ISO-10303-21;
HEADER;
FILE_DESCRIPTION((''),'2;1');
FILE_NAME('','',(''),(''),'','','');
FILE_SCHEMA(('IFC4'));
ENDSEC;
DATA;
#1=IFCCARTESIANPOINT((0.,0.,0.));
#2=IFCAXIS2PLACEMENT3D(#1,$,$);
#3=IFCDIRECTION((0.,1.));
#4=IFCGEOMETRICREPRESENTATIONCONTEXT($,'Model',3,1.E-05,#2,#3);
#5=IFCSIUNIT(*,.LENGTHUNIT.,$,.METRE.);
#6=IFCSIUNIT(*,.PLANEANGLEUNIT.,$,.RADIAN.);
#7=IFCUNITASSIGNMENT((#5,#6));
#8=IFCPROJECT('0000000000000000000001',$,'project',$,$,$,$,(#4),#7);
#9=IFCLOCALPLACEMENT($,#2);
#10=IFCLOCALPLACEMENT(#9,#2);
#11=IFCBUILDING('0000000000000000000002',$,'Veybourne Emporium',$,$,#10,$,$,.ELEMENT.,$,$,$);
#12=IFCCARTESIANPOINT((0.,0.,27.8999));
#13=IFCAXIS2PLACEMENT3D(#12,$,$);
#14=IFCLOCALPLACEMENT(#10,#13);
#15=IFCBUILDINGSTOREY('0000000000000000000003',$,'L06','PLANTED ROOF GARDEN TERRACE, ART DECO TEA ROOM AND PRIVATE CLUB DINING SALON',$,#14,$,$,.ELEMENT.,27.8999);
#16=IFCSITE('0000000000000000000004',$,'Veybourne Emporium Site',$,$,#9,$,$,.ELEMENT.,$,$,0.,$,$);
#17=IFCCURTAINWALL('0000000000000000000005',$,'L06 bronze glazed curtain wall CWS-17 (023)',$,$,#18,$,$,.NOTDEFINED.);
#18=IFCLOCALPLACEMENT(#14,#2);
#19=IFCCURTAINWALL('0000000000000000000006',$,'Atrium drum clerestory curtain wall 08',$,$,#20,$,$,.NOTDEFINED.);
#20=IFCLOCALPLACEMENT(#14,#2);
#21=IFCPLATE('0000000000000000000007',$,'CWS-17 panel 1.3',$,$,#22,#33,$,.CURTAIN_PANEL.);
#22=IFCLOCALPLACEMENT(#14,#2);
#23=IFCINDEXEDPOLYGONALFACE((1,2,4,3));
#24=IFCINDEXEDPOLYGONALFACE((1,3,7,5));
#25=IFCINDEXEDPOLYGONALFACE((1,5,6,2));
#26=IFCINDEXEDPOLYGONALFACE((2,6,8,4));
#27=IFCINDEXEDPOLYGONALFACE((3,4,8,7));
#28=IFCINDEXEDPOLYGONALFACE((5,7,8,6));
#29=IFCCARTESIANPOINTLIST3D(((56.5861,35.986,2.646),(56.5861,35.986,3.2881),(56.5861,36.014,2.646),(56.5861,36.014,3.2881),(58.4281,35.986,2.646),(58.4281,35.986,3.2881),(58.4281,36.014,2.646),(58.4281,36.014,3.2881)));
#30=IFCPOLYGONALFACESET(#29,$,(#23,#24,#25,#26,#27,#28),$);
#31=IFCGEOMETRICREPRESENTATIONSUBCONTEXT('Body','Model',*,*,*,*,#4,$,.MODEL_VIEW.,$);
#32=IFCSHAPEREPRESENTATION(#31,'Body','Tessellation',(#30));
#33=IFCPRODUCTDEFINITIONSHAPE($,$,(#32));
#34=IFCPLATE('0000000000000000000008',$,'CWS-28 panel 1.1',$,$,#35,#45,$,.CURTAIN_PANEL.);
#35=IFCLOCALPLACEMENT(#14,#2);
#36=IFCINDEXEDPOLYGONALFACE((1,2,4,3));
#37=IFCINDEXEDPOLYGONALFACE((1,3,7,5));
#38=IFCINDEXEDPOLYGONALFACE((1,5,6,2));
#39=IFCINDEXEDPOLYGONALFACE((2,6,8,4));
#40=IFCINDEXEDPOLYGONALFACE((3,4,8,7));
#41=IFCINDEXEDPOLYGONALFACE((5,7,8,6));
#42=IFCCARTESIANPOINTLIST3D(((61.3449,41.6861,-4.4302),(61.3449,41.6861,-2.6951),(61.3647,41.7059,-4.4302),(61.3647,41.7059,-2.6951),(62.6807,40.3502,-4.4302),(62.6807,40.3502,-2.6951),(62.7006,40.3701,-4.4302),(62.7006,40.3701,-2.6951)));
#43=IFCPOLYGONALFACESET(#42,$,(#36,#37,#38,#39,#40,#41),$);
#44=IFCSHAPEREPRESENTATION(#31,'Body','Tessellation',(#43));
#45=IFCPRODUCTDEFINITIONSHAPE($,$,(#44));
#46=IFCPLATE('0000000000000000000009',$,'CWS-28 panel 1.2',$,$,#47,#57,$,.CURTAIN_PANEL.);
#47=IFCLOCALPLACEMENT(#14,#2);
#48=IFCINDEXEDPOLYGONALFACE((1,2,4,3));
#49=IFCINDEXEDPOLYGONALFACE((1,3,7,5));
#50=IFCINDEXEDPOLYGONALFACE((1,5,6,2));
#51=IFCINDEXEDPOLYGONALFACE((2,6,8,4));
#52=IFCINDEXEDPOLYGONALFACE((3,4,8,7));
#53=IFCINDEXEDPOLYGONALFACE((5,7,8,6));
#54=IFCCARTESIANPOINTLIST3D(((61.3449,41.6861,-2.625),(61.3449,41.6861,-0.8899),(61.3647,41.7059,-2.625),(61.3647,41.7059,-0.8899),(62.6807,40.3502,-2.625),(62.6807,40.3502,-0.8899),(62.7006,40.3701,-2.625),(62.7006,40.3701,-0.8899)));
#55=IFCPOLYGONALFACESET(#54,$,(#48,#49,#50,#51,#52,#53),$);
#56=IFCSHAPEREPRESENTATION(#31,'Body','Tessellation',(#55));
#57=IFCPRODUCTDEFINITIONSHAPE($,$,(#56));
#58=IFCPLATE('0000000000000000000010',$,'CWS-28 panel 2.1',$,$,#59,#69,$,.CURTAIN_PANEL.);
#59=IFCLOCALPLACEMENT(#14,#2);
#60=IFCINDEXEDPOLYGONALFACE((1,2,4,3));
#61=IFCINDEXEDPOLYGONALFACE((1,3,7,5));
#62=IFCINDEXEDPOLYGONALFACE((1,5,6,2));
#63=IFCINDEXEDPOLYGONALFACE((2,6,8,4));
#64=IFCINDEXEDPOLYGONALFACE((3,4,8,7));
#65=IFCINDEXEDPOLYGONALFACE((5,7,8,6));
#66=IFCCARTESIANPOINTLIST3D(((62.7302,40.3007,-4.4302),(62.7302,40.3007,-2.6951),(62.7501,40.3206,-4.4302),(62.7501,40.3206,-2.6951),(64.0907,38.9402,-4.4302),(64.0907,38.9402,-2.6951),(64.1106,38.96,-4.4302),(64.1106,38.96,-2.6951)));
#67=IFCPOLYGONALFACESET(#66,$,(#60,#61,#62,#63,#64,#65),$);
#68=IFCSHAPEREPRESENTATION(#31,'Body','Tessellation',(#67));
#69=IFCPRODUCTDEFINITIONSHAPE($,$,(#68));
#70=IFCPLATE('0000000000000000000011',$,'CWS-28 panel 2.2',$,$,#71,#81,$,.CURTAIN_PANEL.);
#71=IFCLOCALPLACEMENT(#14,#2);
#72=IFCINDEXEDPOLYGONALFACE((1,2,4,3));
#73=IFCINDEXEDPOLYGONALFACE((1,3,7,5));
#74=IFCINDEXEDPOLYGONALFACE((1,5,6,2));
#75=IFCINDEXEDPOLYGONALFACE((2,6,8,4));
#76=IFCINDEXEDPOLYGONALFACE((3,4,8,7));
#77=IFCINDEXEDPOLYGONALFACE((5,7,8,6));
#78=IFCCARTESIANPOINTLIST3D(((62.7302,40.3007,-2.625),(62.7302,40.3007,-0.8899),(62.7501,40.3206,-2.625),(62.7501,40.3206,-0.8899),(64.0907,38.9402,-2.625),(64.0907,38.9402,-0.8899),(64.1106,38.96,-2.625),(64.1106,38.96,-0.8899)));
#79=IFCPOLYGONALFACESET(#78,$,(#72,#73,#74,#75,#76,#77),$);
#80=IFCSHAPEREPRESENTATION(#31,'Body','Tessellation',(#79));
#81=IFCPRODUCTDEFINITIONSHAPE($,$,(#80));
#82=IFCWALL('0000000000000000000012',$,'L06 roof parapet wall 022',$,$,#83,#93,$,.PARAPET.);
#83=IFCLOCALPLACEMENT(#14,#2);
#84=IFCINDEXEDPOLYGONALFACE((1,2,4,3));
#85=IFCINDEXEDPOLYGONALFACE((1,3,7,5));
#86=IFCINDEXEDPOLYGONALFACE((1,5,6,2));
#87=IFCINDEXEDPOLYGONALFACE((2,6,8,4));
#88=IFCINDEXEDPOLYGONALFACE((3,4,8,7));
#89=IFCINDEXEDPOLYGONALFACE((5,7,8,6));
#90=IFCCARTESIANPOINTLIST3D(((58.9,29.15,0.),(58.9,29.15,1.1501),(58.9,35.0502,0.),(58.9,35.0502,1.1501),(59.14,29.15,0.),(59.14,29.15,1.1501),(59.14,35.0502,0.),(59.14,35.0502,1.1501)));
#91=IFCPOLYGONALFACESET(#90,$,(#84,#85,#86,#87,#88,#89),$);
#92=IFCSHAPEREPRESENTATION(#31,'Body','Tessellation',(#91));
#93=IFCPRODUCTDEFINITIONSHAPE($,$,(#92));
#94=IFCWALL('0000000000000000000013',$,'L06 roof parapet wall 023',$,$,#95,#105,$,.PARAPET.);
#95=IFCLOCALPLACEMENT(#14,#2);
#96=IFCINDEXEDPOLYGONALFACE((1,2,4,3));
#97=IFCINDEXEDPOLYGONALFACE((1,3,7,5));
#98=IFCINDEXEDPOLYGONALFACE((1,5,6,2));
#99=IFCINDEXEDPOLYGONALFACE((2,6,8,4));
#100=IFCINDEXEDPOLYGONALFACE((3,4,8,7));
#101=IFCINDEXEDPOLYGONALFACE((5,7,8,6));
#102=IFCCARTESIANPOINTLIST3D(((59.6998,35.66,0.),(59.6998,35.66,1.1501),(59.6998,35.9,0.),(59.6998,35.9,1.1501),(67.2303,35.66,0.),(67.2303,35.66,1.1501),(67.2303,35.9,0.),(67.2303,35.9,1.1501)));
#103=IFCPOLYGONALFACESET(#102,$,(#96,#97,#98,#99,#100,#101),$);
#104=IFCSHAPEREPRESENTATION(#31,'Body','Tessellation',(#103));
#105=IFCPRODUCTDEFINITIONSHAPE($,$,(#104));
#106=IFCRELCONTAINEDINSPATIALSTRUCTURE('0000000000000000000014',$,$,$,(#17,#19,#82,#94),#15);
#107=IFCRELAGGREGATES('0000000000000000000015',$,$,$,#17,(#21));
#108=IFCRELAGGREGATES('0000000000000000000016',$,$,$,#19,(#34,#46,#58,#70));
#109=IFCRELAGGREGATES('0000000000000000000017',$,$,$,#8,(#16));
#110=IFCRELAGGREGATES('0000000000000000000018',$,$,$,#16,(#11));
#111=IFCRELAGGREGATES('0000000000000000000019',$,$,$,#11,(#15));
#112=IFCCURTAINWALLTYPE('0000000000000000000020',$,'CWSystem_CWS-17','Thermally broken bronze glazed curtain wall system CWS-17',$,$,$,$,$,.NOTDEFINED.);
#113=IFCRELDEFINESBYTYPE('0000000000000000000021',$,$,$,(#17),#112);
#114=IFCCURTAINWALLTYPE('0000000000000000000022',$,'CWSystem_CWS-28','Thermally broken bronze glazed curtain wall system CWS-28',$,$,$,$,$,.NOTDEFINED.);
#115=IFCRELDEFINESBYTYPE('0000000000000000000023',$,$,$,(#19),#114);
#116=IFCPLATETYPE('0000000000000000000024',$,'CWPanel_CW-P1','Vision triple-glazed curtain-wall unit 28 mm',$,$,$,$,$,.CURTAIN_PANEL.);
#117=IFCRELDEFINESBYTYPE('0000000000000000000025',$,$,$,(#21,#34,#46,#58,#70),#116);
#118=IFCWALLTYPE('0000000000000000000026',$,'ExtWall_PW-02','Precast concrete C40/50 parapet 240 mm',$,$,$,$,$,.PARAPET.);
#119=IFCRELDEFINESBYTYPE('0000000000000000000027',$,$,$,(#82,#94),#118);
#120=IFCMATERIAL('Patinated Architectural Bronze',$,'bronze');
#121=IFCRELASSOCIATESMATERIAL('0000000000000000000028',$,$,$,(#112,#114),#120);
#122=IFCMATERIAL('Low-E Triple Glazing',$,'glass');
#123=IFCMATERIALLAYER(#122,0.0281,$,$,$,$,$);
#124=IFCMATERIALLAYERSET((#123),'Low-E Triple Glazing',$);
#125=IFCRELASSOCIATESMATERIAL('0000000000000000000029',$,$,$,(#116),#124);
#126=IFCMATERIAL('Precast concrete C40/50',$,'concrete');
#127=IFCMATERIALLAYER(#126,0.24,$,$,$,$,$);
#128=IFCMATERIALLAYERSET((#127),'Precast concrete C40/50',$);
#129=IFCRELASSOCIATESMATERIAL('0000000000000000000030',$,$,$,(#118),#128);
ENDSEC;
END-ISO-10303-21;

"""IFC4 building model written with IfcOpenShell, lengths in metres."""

from ifc_helpers import new_model, si_unit, direction, frame, frame_2d, origin, origin_2d, place, context, subcontext, project, spatial, rectangle, extrude, material, layer, layer_set, type_object, element, aggregate, save


model = new_model("IFC4")

# Units and contexts
model_context = context("Model", 3, precision=1e-05, world=origin(), true_north=direction((0.0, 1.0)))
body_context = subcontext(model_context, "Body", "Model", "MODEL_VIEW")
ifc_project = project(units=[si_unit("LENGTHUNIT", "METRE"), si_unit("PLANEANGLEUNIT", "RADIAN")], contexts=[model_context])

# Site, building, storey
site_placement = place(None, origin())
site = spatial("IfcSite", under=ifc_project, at=site_placement, Name="Veybourne Emporium Site", CompositionType="ELEMENT", RefElevation=0.0)
building_placement = place(site_placement, origin())
building = spatial("IfcBuilding", under=site, at=building_placement, Name="Veybourne Emporium", CompositionType="ELEMENT")
storey_placement = place(building_placement, frame((0.0, 0.0, 27.8999)))
storey = spatial("IfcBuildingStorey", under=building, at=storey_placement, Name="L06", Description="PLANTED ROOF GARDEN TERRACE, ART DECO TEA ROOM AND PRIVATE CLUB DINING SALON", CompositionType="ELEMENT", Elevation=27.8999)

# Curtain wall
ifc_material_1 = material(Name="Patinated Architectural Bronze", Category="bronze")
curtain_wall_type_1 = type_object("IfcCurtainWallType", Name="CWSystem_CWS-17", Description="Thermally broken bronze glazed curtain wall system CWS-17", PredefinedType="NOTDEFINED", material=ifc_material_1)
curtain_wall_1_placement = place(storey_placement, origin())
curtain_wall_1 = element("IfcCurtainWall", 1, at=curtain_wall_1_placement, inside=storey, type_object=curtain_wall_type_1, Name="L06 bronze glazed curtain wall CWS-17 (023)", PredefinedType="NOTDEFINED")

# Curtain wall
curtain_wall_type_2 = type_object("IfcCurtainWallType", Name="CWSystem_CWS-28", Description="Thermally broken bronze glazed curtain wall system CWS-28", PredefinedType="NOTDEFINED", material=ifc_material_1)
curtain_wall_2_placement = place(storey_placement, origin())
curtain_wall_2 = element("IfcCurtainWall", 2, at=curtain_wall_2_placement, inside=storey, type_object=curtain_wall_type_2, Name="Atrium drum clerestory curtain wall 08", PredefinedType="NOTDEFINED")

# Plates
ifc_material_2 = material(Name="Low-E Triple Glazing", Category="glass")
ifc_layer_1 = layer(ifc_material_2, 0.0281)
ifc_layer_set_1 = layer_set([ifc_layer_1], Name="Low-E Triple Glazing")
plate_type = type_object("IfcPlateType", Name="CWPanel_CW-P1", Description="Vision triple-glazed curtain-wall unit 28 mm", PredefinedType="CURTAIN_PANEL", material=ifc_layer_set_1)
plate_1_placement = place(storey_placement, frame((57.5071, 36.0, 2.646), z_axis=(0.0, 0.0, 1.0), x_axis=(-1.0, 0.0, 0.0)))
plate_1 = element("IfcPlate", 3, at=plate_1_placement, type_object=plate_type, Name="CWS-17 panel 1.3", PredefinedType="CURTAIN_PANEL", context=body_context, shape_type="SweptSolid", body=[
    extrude(rectangle(XDim=1.842, YDim=0.0281, at=origin_2d()), origin(), (0.0, 0.0, 1.0), 0.6421),
])
aggregate(curtain_wall_1, [plate_1])
plate_2_placement = place(storey_placement, frame((62.0227, 41.0281, -4.4302), z_axis=(0.0, 0.0, 1.0), x_axis=(0.707107, -0.707107, 0.0)))
plate_2 = element("IfcPlate", 4, at=plate_2_placement, type_object=plate_type, Name="CWS-28 panel 1.1", PredefinedType="CURTAIN_PANEL", context=body_context, shape_type="SweptSolid", body=[
    extrude(rectangle(XDim=1.8892, YDim=0.0281, at=origin_2d()), origin(), (0.0, 0.0, 1.0), 1.7351),
])
plate_3_placement = place(storey_placement, frame((62.0227, 41.0281, -2.625), z_axis=(0.0, 0.0, 1.0), x_axis=(0.707107, -0.707107, 0.0)))
plate_3 = element("IfcPlate", 5, at=plate_3_placement, type_object=plate_type, Name="CWS-28 panel 1.2", PredefinedType="CURTAIN_PANEL", context=body_context, shape_type="SweptSolid", body=[
    extrude(rectangle(XDim=1.8892, YDim=0.0281, at=origin_2d()), origin(), (0.0, 0.0, 1.0), 1.7351),
])
plate_4_placement = place(storey_placement, frame((63.4204, 39.6304, -4.4302), z_axis=(0.0, 0.0, 1.0), x_axis=(0.707107, -0.707107, 0.0)))
plate_4 = element("IfcPlate", 6, at=plate_4_placement, type_object=plate_type, Name="CWS-28 panel 2.1", PredefinedType="CURTAIN_PANEL", context=body_context, shape_type="SweptSolid", body=[
    extrude(rectangle(XDim=1.9241, YDim=0.0281, at=origin_2d()), origin(), (0.0, 0.0, 1.0), 1.7351),
])
plate_5_placement = place(storey_placement, frame((63.4204, 39.6304, -2.625), z_axis=(0.0, 0.0, 1.0), x_axis=(0.707107, -0.707107, 0.0)))
plate_5 = element("IfcPlate", 7, at=plate_5_placement, type_object=plate_type, Name="CWS-28 panel 2.2", PredefinedType="CURTAIN_PANEL", context=body_context, shape_type="SweptSolid", body=[
    extrude(rectangle(XDim=1.9241, YDim=0.0281, at=origin_2d()), origin(), (0.0, 0.0, 1.0), 1.7351),
])
aggregate(curtain_wall_2, [plate_2, plate_3, plate_4, plate_5])

# Walls
ifc_material_3 = material(Name="Precast concrete C40/50", Category="concrete")
ifc_layer_2 = layer(ifc_material_3, 0.24)
ifc_layer_set_2 = layer_set([ifc_layer_2], Name="Precast concrete C40/50")
wall_type = type_object("IfcWallType", Name="ExtWall_PW-02", Description="Precast concrete C40/50 parapet 240 mm", PredefinedType="PARAPET", material=ifc_layer_set_2)
wall_1_placement = place(storey_placement, frame((59.02, 29.1499, 0.0), z_axis=(0.0, 0.0, 1.0), x_axis=(0.0, 1.0, 0.0)))
element("IfcWall", 8, at=wall_1_placement, inside=storey, type_object=wall_type, Name="L06 roof parapet wall 022", PredefinedType="PARAPET", context=body_context, shape_type="SweptSolid", body=[
    extrude(rectangle(XDim=5.9001, YDim=0.24, at=frame_2d((2.9502, 0.0))), origin(), (0.0, 0.0, 1.0), 1.1501),
])
wall_2_placement = place(storey_placement, frame((59.7, 35.78, 0.0), z_axis=(0.0, 0.0, 1.0), x_axis=(1.0, 0.0, 0.0)))
element("IfcWall", 9, at=wall_2_placement, inside=storey, type_object=wall_type, Name="L06 roof parapet wall 023", PredefinedType="PARAPET", context=body_context, shape_type="SweptSolid", body=[
    extrude(rectangle(XDim=7.5305, YDim=0.24, at=frame_2d((3.7651, 0.0))), origin(), (0.0, 0.0, 1.0), 1.1501),
])

save(model, "model.ifc")
